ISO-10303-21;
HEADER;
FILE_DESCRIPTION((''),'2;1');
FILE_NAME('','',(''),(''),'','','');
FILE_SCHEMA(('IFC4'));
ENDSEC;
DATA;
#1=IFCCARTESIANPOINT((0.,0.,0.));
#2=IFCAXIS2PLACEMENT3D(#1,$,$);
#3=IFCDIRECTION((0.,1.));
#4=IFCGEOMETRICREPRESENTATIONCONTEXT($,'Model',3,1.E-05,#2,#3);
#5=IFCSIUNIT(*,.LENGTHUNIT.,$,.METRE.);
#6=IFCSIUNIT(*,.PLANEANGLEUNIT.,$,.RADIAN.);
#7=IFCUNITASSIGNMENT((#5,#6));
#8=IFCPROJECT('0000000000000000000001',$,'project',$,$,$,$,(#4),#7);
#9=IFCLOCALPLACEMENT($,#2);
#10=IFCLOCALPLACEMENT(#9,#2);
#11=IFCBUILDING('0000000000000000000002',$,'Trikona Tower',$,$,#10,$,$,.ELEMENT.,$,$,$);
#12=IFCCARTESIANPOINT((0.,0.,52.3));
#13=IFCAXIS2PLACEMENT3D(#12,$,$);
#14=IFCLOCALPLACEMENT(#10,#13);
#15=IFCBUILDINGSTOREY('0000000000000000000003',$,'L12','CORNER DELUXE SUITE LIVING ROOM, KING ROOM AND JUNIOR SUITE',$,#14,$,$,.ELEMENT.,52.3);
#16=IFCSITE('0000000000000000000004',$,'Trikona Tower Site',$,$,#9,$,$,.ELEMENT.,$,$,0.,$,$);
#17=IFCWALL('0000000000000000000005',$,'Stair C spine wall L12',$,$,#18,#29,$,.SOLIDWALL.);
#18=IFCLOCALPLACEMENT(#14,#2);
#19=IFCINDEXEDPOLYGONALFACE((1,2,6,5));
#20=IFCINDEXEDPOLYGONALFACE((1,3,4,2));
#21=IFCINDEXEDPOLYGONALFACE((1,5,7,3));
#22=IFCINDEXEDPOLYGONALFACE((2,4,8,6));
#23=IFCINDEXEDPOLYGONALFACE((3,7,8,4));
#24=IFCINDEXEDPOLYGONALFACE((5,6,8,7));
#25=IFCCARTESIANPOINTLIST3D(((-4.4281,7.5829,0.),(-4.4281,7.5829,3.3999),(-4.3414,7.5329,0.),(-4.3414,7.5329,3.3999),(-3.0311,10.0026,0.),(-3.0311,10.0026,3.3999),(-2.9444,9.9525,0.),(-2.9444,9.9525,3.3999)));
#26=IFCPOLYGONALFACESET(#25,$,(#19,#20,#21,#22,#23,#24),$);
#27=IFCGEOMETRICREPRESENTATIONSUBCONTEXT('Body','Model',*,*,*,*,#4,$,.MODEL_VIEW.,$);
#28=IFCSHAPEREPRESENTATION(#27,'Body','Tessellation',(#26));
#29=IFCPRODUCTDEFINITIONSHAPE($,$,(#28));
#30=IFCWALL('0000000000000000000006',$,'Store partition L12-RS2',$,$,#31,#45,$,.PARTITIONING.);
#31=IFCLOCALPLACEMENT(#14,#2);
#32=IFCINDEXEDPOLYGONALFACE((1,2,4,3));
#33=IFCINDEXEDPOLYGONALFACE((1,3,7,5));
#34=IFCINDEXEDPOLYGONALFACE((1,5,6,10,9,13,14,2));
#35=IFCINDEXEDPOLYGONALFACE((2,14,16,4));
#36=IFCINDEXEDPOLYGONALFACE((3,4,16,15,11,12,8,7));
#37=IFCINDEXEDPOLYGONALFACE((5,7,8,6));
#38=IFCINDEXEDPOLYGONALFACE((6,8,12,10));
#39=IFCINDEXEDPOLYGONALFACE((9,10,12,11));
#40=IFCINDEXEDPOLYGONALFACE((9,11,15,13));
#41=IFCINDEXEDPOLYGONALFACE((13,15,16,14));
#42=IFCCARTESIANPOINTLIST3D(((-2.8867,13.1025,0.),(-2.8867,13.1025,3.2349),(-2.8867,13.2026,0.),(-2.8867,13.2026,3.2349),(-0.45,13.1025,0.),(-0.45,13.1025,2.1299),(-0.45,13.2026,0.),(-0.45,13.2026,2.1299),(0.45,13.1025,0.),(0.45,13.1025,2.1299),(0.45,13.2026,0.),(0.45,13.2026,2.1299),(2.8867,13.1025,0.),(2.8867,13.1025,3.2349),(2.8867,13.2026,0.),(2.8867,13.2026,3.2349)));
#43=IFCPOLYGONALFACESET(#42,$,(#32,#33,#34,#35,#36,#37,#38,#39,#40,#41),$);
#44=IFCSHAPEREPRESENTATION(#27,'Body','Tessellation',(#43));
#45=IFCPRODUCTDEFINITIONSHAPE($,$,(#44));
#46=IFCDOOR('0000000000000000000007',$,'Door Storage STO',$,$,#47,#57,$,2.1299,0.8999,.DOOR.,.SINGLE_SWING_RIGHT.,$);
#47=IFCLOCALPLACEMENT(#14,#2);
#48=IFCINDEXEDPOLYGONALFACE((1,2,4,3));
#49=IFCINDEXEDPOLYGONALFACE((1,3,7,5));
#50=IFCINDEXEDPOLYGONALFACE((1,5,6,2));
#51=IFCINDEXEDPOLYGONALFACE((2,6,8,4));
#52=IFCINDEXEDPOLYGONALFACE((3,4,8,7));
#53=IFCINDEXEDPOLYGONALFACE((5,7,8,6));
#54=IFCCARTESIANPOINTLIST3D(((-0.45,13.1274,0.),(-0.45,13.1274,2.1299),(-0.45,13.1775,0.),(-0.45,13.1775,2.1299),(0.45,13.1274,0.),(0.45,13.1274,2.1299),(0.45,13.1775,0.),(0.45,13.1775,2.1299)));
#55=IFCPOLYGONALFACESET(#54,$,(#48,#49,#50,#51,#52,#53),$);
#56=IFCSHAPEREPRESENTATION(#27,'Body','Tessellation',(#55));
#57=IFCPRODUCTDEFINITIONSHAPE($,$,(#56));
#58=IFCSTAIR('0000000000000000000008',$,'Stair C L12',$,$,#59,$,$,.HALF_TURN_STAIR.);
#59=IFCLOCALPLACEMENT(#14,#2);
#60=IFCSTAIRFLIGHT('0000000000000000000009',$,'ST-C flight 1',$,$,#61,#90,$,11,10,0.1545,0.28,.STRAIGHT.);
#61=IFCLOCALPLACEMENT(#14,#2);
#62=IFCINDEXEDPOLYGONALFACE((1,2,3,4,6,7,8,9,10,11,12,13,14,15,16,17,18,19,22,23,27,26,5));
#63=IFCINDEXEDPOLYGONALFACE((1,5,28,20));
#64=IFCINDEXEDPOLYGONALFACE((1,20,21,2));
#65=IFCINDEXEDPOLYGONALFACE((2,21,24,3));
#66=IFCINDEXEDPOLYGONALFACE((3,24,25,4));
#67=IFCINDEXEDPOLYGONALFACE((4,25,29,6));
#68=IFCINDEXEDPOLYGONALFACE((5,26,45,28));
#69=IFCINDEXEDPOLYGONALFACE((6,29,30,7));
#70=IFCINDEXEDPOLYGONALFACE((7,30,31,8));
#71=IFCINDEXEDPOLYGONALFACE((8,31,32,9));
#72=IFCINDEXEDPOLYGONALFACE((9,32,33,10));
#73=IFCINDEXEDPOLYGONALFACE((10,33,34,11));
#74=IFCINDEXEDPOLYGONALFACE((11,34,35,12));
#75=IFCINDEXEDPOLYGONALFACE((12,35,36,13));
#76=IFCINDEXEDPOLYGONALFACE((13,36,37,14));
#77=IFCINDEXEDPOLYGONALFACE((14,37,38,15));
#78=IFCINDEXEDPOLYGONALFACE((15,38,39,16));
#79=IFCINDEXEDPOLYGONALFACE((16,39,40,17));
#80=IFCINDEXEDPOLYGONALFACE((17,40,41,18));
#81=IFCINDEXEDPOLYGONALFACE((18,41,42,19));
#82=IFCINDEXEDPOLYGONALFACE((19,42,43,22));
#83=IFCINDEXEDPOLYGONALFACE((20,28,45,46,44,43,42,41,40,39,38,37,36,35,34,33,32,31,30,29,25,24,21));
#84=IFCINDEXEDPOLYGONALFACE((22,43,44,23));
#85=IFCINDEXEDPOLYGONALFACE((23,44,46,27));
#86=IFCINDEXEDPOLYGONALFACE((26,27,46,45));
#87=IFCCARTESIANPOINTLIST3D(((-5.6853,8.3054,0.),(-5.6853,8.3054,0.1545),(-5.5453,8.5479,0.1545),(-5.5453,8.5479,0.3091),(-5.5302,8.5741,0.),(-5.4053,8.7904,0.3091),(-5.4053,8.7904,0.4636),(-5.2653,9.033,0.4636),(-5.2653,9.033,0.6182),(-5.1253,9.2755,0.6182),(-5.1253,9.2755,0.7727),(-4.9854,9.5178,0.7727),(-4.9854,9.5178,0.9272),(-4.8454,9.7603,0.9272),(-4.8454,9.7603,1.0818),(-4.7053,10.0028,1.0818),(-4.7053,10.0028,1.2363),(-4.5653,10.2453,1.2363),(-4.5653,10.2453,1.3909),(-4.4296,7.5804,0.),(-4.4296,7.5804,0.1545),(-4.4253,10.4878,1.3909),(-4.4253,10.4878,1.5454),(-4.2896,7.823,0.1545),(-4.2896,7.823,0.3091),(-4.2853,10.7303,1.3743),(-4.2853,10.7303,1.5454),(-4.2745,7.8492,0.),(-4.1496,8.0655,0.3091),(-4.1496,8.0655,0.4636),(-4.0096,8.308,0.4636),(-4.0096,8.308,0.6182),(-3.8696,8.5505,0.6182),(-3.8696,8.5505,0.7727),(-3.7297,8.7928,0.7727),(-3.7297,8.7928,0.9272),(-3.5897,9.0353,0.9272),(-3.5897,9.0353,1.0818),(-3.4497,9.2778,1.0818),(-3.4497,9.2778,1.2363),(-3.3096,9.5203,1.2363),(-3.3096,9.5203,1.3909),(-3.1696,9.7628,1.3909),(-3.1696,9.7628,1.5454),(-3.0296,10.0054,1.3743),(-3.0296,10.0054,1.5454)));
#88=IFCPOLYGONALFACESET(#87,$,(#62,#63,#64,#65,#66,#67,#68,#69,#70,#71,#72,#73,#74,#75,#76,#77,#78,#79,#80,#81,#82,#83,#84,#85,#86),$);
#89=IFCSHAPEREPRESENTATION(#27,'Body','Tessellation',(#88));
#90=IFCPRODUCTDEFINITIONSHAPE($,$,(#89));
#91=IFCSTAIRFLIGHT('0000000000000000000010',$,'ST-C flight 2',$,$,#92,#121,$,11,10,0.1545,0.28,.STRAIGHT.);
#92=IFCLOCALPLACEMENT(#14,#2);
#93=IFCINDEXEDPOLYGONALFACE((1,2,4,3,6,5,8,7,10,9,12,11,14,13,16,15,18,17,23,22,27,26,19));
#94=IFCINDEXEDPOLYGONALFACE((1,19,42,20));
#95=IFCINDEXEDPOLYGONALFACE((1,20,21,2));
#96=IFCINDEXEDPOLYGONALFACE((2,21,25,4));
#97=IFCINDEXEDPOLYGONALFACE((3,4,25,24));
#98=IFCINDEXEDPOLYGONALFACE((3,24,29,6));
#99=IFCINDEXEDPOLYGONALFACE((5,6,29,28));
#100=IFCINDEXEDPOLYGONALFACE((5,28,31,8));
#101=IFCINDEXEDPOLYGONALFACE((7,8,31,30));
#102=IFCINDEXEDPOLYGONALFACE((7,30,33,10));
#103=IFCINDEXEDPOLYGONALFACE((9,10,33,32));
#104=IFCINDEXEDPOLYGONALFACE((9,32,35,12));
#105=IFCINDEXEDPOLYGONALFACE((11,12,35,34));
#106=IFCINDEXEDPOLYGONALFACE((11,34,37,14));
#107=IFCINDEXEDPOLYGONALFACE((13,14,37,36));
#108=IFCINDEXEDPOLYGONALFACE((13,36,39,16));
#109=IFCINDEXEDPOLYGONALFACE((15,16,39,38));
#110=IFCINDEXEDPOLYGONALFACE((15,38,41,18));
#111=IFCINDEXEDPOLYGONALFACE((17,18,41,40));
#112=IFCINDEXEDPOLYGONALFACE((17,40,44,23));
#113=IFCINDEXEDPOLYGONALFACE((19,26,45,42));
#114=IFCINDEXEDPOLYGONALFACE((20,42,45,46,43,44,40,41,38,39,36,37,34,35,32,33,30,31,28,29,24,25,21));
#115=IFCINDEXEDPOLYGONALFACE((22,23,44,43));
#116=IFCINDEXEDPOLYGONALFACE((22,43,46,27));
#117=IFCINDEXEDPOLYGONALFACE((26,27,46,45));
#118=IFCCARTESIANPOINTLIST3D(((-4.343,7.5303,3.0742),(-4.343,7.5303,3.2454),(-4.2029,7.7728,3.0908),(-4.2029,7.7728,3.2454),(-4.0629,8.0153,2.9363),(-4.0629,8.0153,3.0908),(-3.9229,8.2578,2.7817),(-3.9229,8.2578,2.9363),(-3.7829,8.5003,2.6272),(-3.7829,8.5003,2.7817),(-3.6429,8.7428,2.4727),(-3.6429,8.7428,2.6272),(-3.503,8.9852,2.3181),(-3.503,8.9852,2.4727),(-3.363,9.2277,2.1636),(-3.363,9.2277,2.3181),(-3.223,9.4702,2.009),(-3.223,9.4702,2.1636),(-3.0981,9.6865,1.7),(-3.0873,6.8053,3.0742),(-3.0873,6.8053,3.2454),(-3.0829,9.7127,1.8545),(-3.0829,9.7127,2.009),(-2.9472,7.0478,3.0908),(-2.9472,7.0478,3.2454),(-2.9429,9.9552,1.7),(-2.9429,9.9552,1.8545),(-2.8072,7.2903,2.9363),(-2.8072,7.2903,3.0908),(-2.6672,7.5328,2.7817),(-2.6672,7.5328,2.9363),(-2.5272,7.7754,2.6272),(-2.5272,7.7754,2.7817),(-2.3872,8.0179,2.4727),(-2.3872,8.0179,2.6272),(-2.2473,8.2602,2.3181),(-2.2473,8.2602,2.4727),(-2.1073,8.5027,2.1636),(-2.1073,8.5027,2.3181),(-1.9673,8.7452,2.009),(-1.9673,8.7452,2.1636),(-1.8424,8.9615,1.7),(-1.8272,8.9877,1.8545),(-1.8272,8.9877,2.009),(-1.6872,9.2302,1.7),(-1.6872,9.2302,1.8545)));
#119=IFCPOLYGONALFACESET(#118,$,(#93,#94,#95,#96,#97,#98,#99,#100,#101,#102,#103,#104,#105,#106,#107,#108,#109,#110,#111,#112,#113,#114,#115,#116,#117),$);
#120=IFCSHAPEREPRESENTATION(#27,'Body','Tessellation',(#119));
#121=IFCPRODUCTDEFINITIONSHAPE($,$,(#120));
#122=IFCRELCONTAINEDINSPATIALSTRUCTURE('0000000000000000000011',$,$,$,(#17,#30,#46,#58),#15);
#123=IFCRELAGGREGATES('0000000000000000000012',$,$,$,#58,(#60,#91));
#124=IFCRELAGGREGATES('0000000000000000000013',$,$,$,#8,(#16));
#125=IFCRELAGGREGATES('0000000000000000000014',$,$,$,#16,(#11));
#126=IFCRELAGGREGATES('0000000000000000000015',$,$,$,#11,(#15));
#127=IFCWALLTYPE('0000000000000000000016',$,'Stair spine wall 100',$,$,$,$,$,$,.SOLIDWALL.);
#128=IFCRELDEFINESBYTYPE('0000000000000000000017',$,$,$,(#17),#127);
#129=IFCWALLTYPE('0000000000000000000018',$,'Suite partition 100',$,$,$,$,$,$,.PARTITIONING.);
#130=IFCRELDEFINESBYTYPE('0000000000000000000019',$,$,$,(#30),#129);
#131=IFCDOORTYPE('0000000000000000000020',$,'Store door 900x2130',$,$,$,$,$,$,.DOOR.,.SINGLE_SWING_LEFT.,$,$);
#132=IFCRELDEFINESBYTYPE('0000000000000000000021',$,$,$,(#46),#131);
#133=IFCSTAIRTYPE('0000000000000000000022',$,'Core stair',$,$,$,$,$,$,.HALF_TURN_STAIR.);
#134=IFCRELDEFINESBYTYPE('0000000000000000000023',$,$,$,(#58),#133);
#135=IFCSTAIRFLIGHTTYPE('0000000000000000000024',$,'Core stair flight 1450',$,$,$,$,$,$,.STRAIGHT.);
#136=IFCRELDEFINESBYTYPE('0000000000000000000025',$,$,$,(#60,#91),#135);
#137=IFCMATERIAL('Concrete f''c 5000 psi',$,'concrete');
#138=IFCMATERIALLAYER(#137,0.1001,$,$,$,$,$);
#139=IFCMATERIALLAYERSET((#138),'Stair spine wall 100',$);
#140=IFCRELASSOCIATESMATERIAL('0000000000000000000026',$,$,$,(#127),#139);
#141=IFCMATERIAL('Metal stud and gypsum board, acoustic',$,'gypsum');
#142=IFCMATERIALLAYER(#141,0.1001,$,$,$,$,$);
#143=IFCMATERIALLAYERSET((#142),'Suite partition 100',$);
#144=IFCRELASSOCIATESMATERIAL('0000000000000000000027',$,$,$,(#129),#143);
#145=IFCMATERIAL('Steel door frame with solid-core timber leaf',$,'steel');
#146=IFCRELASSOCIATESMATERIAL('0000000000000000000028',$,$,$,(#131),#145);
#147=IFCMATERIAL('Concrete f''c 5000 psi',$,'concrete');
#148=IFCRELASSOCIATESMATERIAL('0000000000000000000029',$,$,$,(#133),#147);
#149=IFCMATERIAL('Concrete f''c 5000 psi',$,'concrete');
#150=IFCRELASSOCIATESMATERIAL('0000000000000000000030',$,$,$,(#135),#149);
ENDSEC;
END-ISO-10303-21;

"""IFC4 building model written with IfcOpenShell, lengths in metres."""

from ifc_helpers import new_model, si_unit, direction, frame, frame_2d, origin, place, context, subcontext, project, spatial, polyline, rectangle, outline, extrude, material, layer, layer_set, type_object, element, fill, aggregate, save


model = new_model("IFC4")

# Units and contexts
model_context = context("Model", 3, precision=1e-05, world=origin(), true_north=direction((0.0, 1.0)))
body_context = subcontext(model_context, "Body", "Model", "MODEL_VIEW")
ifc_project = project(units=[si_unit("LENGTHUNIT", "METRE"), si_unit("PLANEANGLEUNIT", "RADIAN")], contexts=[model_context])

# Site, building, storey
site_placement = place(None, origin())
site = spatial("IfcSite", under=ifc_project, at=site_placement, Name="Trikona Tower Site", CompositionType="ELEMENT", RefElevation=0.0)
building_placement = place(site_placement, origin())
building = spatial("IfcBuilding", under=site, at=building_placement, Name="Trikona Tower", CompositionType="ELEMENT")
storey_placement = place(building_placement, frame((0.0, 0.0, 52.3)))
storey = spatial("IfcBuildingStorey", under=building, at=storey_placement, Name="L12", Description="CORNER DELUXE SUITE LIVING ROOM, KING ROOM AND JUNIOR SUITE", CompositionType="ELEMENT", Elevation=52.3)

# Wall
ifc_material_1 = material(Name="Concrete f'c 5000 psi", Category="concrete")
ifc_layer_1 = layer(ifc_material_1, 0.1001)
ifc_layer_set_1 = layer_set([ifc_layer_1], Name="Stair spine wall 100")
wall_type_1 = type_object("IfcWallType", Name="Stair spine wall 100", PredefinedType="SOLIDWALL", material=ifc_layer_set_1)
wall_1_placement = place(storey_placement, frame((-2.9878, 9.9775, 0.0), z_axis=(0.0, 0.0, 1.0), x_axis=(-0.499992, -0.86603, 0.0)))
element("IfcWall", 1, at=wall_1_placement, inside=storey, type_object=wall_type_1, Name="Stair C spine wall L12", PredefinedType="SOLIDWALL", context=body_context, shape_type="SweptSolid", body=[
    extrude(rectangle(XDim=2.7939, YDim=0.1001, at=frame_2d((1.397, 0.0))), origin(), (0.0, 0.0, 1.0), 3.3999),
])

# Wall, opening, door
ifc_material_2 = material(Name="Metal stud and gypsum board, acoustic", Category="gypsum")
ifc_layer_2 = layer(ifc_material_2, 0.1001)
ifc_layer_set_2 = layer_set([ifc_layer_2], Name="Suite partition 100")
wall_type_2 = type_object("IfcWallType", Name="Suite partition 100", PredefinedType="PARTITIONING", material=ifc_layer_set_2)
wall_2_placement = place(storey_placement, frame((-2.8867, 13.1526, 0.0), z_axis=(0.0, 0.0, 1.0), x_axis=(1.0, 0.0, 0.0)))
wall_2 = element("IfcWall", 2, at=wall_2_placement, inside=storey, type_object=wall_type_2, Name="Store partition L12-RS2", PredefinedType="PARTITIONING", context=body_context, shape_type="SweptSolid", body=[
    extrude(rectangle(XDim=5.7734, YDim=0.1001, at=frame_2d((2.8867, 0.0))), origin(), (0.0, 0.0, 1.0), 3.2349),
])
opening_1_placement = place(wall_2_placement, frame((2.4368, 0.0, 0.0)))
opening_1 = element("IfcOpeningElement", 3, at=opening_1_placement, cuts=wall_2, PredefinedType="OPENING", context=body_context, shape_type="SweptSolid", body=[
    extrude(rectangle(XDim=0.8999, YDim=2.1299, at=frame_2d((0.45, 1.0649))), frame((0.0, 0.0601, 0.0), z_axis=(0.0, -1.0, 0.0), x_axis=(1.0, 0.0, 0.0)), (0.0, 0.0, 1.0), 0.1201),
])
ifc_material_3 = material(Name="Steel door frame with solid-core timber leaf", Category="steel")
door_type_1 = type_object("IfcDoorType", Name="Store door 900x2130", OperationType="SINGLE_SWING_LEFT", PredefinedType="DOOR", material=ifc_material_3)
door_1_placement = place(opening_1_placement, origin())
door_1 = element("IfcDoor", 4, at=door_1_placement, inside=storey, type_object=door_type_1, Name="Door Storage STO", OperationType="SINGLE_SWING_RIGHT", OverallHeight=2.1299, OverallWidth=0.8999, PredefinedType="DOOR", context=body_context, shape_type="SweptSolid", body=[
    extrude(rectangle(XDim=0.8999, YDim=2.1299, at=frame_2d((0.45, 1.0649))), frame((0.0, 0.0249, 0.0), z_axis=(0.0, -1.0, 0.0), x_axis=(1.0, 0.0, 0.0)), (0.0, 0.0, 1.0), 0.05),
])
fill(opening_1, door_1)

# Stair, stair flights
ifc_material_4 = material(Name="Concrete f'c 5000 psi", Category="concrete")
stair_type = type_object("IfcStairType", Name="Core stair", PredefinedType="HALF_TURN_STAIR", material=ifc_material_4)
stair_placement = place(storey_placement, origin())
stair = element("IfcStair", 5, at=stair_placement, inside=storey, type_object=stair_type, Name="Stair C L12", PredefinedType="HALF_TURN_STAIR")
ifc_material_5 = material(Name="Concrete f'c 5000 psi", Category="concrete")
stair_flight_type = type_object("IfcStairFlightType", Name="Core stair flight 1450", PredefinedType="STRAIGHT", material=ifc_material_5)
stair_flight_1_placement = place(storey_placement, frame((-5.0574, 7.9429, 0.0), z_axis=(0.0, 0.0, 1.0), x_axis=(0.5, 0.866025, 0.0)))
stair_flight_1 = element("IfcStairFlight", 6, at=stair_flight_1_placement, type_object=stair_flight_type, Name="ST-C flight 1", NumberOfRisers=11, NumberOfTreads=10, PredefinedType="STRAIGHT", RiserHeight=0.1545, TreadLength=0.28, context=body_context, shape_type="SweptSolid", body=[
    extrude(outline(polyline([(0.0, 0.0), (0.0, 0.1545), (0.28, 0.1545), (0.28, 0.3091), (0.5601, 0.3091), (0.5601, 0.4636), (0.8401, 0.4636), (0.8401, 0.6182), (1.1201, 0.6182), (1.1201, 0.7727), (1.3999, 0.7727), (1.3999, 0.9272), (1.6799, 0.9272), (1.6799, 1.0818), (1.96, 1.0818), (1.96, 1.2363), (2.24, 1.2363), (2.24, 1.3909), (2.52, 1.3909), (2.52, 1.5454), (2.8, 1.5454), (2.8, 1.7), (2.8, 1.3743), (0.3103, 0.0), (0.0, 0.0)])), frame((0.0, 0.7251, 0.0), z_axis=(0.0, -1.0, 0.0), x_axis=(1.0, 0.0, 0.0)), (0.0, 0.0, 1.0), 1.45),
])
stair_flight_2_placement = place(storey_placement, frame((-2.3152, 9.5928, 1.7), z_axis=(0.0, 0.0, 1.0), x_axis=(-0.5, -0.866025, 0.0)))
stair_flight_2 = element("IfcStairFlight", 7, at=stair_flight_2_placement, type_object=stair_flight_type, Name="ST-C flight 2", NumberOfRisers=11, NumberOfTreads=10, PredefinedType="STRAIGHT", RiserHeight=0.1545, TreadLength=0.28, context=body_context, shape_type="SweptSolid", body=[
    extrude(outline(polyline([(0.0, 0.0), (0.0, 0.1545), (0.28, 0.1545), (0.28, 0.3091), (0.5601, 0.3091), (0.5601, 0.4636), (0.8401, 0.4636), (0.8401, 0.6182), (1.1201, 0.6182), (1.1201, 0.7727), (1.3999, 0.7727), (1.3999, 0.9272), (1.6799, 0.9272), (1.6799, 1.0818), (1.96, 1.0818), (1.96, 1.2363), (2.24, 1.2363), (2.24, 1.3909), (2.52, 1.3909), (2.52, 1.5454), (2.8, 1.5454), (2.8, 1.7), (2.8, 1.3743), (0.3103, 0.0), (0.0, 0.0)])), frame((0.0, 0.7251, 0.0), z_axis=(0.0, -1.0, 0.0), x_axis=(1.0, 0.0, 0.0)), (0.0, 0.0, 1.0), 1.45),
])
aggregate(stair, [stair_flight_1, stair_flight_2])

save(model, "model.ifc")
